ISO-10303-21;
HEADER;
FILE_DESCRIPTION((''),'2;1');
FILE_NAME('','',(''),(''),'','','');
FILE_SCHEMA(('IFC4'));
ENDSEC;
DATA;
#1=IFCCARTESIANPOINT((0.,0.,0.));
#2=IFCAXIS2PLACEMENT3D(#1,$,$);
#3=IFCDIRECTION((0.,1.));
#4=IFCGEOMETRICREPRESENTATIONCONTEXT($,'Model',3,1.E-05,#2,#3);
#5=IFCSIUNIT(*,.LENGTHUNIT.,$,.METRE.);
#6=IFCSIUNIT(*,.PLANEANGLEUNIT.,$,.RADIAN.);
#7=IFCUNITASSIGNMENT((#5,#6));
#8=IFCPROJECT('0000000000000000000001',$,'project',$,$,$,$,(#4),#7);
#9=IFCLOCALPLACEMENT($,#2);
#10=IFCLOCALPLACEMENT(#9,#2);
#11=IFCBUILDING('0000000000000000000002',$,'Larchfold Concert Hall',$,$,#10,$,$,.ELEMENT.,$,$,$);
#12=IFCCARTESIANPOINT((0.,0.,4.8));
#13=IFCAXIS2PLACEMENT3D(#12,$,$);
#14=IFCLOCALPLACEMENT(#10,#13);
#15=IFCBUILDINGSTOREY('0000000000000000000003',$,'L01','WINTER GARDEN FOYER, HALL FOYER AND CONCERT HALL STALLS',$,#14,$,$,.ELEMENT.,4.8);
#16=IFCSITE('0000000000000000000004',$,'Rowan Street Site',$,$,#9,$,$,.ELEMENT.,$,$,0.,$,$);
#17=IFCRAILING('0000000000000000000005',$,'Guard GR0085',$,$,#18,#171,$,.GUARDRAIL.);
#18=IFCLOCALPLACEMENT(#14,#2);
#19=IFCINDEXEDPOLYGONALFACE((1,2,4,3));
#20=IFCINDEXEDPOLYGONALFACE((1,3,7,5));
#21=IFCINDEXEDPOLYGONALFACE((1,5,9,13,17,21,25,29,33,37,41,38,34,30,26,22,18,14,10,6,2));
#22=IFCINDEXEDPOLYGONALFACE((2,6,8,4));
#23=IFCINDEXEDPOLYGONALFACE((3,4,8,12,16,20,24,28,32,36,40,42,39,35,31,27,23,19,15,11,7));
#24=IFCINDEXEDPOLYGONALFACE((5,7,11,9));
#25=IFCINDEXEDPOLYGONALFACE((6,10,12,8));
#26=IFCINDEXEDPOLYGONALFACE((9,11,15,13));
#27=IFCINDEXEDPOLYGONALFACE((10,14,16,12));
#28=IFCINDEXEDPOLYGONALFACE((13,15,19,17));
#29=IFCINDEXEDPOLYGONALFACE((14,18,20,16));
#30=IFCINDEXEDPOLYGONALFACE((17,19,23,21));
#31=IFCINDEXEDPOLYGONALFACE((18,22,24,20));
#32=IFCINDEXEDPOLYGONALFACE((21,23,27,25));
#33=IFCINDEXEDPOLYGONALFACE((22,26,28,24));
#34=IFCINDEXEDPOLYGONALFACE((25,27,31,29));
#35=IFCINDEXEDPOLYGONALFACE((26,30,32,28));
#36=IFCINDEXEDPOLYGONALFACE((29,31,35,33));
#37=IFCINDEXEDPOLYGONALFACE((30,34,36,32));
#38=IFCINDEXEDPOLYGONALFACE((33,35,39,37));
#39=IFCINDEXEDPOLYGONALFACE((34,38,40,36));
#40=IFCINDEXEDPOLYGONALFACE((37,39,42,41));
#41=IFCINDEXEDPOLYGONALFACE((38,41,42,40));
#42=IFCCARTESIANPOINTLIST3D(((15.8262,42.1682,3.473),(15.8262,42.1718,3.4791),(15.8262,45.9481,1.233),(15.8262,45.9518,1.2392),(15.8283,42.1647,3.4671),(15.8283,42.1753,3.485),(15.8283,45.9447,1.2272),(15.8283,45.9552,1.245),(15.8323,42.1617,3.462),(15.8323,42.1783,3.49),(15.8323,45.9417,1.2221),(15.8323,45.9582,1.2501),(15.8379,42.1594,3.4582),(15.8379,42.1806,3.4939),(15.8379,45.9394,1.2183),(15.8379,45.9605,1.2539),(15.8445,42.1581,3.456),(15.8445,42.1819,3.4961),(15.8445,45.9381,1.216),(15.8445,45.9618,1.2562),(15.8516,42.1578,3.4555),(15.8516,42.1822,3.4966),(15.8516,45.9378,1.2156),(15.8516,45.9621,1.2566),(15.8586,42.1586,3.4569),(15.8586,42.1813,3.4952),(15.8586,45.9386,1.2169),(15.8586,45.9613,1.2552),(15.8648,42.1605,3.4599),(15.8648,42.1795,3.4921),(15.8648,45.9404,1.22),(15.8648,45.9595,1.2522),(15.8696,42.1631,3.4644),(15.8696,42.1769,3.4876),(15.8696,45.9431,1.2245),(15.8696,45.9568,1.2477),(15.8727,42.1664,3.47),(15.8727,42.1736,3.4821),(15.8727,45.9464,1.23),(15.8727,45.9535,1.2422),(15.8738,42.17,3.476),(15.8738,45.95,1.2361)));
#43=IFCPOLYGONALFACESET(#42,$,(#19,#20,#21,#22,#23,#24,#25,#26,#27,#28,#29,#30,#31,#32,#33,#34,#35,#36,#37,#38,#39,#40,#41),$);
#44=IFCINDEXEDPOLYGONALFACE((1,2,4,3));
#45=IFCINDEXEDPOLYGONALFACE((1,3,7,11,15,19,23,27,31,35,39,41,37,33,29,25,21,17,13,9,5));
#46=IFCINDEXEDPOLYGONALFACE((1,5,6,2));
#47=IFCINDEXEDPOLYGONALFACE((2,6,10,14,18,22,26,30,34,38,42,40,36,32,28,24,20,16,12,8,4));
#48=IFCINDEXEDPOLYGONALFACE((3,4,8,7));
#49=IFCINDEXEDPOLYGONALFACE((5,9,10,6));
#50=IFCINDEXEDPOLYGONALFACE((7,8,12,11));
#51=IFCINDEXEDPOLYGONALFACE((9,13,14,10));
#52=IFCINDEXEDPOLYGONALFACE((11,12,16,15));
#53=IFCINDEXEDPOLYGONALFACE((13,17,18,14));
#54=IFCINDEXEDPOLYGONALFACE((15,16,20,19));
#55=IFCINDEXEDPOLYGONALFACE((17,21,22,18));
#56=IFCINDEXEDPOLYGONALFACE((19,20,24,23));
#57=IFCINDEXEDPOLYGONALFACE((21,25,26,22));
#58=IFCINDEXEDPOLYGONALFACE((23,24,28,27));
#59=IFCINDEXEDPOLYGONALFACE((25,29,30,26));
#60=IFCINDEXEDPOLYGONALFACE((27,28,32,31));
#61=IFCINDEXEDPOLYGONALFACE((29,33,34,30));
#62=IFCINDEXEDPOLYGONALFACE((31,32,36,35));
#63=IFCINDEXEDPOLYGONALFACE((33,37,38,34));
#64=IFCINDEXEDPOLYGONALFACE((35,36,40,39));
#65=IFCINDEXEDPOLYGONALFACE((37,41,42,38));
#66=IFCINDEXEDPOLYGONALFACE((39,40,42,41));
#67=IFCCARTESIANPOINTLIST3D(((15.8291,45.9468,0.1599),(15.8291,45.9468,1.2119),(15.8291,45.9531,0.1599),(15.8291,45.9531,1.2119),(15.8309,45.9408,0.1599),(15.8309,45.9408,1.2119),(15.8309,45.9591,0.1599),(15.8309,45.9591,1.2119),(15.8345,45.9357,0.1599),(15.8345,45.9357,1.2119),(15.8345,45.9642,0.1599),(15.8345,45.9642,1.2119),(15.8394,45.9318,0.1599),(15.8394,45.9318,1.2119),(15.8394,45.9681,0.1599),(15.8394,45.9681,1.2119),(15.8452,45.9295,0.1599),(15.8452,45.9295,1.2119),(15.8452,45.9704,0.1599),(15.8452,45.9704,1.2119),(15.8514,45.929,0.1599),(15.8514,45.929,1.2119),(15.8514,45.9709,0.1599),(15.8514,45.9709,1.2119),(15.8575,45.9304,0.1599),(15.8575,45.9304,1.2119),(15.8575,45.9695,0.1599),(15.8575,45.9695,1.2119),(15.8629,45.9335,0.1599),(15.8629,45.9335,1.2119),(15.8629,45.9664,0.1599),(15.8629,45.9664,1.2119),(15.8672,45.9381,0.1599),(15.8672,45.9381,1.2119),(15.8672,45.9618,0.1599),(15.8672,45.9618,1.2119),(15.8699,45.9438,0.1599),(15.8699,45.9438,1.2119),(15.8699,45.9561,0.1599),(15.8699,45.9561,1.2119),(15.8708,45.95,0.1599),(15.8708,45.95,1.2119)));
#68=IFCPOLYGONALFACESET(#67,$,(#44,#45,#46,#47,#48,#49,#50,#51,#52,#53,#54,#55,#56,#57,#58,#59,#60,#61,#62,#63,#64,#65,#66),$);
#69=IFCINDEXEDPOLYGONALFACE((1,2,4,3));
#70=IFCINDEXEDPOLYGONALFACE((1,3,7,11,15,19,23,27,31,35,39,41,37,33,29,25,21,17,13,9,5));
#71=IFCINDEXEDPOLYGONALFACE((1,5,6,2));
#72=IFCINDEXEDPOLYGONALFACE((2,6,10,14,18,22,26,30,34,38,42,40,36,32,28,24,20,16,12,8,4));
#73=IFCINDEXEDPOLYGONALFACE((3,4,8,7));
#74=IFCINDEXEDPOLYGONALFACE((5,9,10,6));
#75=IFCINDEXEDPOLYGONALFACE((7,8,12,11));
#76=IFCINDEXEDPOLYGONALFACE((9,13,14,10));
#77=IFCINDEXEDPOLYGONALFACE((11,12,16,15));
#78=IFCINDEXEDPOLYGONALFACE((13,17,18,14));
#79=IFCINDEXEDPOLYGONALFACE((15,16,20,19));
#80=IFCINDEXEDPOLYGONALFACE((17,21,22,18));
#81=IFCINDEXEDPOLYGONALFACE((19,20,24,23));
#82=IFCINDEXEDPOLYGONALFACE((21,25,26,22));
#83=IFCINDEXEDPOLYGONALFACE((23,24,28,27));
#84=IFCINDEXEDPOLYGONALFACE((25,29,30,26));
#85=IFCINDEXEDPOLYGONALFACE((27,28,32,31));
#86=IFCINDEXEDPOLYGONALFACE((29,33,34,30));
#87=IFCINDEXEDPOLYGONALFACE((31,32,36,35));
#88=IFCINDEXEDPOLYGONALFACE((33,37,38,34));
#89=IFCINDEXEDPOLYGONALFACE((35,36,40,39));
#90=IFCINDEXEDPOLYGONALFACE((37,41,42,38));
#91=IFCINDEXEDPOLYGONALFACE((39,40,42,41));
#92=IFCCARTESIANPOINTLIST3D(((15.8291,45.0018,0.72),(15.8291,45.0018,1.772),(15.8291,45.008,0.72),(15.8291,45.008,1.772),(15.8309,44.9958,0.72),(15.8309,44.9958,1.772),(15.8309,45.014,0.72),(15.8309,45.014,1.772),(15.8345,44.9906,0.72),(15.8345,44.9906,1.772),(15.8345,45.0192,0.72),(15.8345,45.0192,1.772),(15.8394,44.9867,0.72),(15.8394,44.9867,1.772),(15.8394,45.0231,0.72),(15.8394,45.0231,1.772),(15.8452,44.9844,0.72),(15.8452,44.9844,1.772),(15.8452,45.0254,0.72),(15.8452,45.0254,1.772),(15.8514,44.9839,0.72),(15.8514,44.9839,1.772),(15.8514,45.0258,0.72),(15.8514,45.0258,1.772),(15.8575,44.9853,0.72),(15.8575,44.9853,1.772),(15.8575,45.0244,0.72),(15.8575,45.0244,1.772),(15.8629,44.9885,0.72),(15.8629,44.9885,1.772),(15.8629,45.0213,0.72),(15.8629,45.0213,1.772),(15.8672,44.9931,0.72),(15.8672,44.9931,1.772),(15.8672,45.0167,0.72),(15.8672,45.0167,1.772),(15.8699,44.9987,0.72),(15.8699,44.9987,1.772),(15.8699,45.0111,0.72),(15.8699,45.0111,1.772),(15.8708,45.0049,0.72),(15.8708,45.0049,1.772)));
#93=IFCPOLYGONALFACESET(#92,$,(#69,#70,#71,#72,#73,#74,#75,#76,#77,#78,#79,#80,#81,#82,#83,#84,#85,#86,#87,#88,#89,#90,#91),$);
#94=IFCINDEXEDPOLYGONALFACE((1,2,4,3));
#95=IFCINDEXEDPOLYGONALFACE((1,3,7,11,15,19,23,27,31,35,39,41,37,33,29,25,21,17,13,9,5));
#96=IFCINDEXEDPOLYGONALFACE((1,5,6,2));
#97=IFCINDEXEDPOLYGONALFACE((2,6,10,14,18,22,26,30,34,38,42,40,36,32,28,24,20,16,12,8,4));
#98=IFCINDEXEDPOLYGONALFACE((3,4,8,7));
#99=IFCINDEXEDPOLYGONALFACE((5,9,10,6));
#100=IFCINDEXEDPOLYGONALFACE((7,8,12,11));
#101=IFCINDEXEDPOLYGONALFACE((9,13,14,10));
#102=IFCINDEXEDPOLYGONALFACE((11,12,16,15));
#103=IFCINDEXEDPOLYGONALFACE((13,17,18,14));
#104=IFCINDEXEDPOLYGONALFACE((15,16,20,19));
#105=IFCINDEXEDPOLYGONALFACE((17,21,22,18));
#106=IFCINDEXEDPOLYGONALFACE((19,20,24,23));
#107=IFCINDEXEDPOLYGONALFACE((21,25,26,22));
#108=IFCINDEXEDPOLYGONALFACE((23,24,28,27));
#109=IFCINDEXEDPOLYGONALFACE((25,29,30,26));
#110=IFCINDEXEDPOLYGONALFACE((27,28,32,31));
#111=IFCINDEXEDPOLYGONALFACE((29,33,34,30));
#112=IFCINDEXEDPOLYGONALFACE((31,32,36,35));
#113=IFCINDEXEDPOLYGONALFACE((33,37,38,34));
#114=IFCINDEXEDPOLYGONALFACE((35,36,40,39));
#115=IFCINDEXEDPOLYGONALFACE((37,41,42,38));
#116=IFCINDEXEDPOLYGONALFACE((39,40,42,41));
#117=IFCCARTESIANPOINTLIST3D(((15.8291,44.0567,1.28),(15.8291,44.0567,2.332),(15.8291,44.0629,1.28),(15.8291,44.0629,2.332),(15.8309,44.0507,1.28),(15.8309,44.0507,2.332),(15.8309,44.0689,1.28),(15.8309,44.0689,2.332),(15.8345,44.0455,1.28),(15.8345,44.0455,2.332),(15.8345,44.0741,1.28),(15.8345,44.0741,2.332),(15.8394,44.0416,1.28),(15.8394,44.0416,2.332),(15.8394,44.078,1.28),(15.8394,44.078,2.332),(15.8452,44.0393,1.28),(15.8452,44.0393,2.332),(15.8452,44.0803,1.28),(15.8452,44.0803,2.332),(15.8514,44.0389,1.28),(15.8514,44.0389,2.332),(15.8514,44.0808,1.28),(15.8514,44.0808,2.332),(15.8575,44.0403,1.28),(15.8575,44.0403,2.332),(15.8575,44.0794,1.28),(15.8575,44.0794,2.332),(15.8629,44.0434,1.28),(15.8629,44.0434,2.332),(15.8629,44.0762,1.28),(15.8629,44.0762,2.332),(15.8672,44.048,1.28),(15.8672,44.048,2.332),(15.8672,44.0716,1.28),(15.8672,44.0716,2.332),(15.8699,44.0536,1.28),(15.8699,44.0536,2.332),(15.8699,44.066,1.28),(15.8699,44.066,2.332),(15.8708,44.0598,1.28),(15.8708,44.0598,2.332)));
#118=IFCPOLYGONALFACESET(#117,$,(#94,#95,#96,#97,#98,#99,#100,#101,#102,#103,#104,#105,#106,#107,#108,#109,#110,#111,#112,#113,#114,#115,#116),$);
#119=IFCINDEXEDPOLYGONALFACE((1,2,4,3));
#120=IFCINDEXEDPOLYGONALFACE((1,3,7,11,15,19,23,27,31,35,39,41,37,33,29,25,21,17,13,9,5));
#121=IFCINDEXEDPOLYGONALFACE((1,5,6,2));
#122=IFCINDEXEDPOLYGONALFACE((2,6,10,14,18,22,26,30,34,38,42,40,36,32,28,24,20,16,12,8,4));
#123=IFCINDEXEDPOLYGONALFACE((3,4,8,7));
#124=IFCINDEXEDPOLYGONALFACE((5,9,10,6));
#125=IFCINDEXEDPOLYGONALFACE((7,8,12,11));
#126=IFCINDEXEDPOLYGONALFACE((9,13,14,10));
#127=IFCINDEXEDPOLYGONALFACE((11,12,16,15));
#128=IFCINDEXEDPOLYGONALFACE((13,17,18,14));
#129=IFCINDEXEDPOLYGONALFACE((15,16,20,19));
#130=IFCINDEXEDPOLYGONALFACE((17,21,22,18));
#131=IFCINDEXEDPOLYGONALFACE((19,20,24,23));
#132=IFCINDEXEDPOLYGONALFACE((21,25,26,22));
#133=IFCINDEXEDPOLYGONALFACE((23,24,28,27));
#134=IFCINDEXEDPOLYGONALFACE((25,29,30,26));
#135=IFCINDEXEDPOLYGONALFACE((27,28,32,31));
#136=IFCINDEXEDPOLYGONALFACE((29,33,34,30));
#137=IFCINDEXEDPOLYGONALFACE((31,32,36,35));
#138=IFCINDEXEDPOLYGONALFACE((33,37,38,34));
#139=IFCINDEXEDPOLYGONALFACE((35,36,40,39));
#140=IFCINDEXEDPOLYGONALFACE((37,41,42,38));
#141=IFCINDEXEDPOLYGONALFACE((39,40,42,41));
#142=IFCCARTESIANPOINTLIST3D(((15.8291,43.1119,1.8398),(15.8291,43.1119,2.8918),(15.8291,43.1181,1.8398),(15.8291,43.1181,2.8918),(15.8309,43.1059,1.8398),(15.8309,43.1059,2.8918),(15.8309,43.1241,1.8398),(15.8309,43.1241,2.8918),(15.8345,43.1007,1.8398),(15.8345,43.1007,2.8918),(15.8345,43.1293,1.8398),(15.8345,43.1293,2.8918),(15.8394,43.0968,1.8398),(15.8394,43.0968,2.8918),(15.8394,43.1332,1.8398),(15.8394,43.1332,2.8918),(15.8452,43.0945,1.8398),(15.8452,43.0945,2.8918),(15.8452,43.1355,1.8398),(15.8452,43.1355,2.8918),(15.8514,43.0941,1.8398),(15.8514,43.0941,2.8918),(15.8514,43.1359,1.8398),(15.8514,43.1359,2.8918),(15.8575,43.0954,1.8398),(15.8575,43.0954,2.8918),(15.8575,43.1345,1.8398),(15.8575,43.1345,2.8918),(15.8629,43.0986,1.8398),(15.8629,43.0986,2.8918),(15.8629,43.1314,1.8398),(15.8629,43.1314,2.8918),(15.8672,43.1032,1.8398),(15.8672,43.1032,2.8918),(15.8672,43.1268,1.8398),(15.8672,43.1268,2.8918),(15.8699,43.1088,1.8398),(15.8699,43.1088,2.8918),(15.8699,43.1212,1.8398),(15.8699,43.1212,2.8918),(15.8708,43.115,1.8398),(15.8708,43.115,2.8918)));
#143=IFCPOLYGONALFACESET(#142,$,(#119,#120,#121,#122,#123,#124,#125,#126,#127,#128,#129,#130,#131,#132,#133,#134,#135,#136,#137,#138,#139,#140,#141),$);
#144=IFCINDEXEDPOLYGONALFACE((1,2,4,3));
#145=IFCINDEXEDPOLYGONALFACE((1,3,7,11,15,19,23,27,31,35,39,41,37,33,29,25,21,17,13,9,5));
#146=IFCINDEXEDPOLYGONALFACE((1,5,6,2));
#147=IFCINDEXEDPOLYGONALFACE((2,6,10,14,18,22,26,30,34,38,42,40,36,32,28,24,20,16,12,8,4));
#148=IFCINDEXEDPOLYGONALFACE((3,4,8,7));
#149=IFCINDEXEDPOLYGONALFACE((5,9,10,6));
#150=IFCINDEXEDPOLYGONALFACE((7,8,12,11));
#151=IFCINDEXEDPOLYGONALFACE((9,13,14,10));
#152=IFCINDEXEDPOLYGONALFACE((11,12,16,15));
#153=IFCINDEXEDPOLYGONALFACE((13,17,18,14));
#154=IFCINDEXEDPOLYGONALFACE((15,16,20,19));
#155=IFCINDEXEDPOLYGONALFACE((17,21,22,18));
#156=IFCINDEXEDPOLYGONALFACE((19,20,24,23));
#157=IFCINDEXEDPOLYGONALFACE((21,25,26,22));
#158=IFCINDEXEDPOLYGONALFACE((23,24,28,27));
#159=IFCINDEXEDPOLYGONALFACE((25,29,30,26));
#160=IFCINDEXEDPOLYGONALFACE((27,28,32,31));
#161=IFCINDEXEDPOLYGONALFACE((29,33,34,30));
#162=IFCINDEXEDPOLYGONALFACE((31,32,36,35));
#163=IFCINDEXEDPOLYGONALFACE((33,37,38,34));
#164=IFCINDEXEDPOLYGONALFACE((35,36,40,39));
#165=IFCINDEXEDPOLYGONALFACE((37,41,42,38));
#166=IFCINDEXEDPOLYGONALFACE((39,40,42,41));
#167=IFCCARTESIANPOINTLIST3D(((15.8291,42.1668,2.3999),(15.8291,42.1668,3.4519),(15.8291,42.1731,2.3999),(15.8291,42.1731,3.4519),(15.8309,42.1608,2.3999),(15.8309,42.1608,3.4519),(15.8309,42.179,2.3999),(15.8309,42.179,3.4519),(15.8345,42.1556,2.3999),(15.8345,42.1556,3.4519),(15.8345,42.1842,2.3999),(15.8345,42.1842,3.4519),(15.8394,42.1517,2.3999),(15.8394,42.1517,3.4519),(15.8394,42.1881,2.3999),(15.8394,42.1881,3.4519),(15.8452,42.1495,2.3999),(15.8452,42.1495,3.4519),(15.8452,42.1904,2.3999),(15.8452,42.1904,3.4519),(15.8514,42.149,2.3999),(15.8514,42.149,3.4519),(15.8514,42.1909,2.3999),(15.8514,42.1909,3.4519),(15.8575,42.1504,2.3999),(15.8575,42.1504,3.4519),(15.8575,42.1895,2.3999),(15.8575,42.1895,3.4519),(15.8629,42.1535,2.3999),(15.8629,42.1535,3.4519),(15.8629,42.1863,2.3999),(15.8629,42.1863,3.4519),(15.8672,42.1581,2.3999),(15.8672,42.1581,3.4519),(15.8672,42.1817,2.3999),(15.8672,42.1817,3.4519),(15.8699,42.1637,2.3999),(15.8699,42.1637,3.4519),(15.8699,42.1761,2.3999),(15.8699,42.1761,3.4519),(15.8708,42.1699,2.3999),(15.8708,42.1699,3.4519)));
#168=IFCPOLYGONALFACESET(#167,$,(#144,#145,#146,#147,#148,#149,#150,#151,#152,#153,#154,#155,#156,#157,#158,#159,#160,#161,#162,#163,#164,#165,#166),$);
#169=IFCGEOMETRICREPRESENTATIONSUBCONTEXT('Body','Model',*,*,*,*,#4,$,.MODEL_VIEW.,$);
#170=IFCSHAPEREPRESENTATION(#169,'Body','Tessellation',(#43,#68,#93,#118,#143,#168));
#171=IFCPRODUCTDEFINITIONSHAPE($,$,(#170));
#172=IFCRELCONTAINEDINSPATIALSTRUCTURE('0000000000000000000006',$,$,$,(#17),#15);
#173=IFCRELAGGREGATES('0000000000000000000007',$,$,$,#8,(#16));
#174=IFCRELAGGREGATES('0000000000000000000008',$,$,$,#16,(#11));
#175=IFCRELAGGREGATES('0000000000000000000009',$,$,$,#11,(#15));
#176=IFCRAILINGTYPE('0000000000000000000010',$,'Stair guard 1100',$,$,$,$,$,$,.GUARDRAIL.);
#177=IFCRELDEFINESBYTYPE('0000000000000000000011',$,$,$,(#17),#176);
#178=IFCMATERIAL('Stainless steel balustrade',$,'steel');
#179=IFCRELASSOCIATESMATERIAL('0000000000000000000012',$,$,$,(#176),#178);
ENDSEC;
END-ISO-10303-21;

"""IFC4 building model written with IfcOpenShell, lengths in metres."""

from ifc_helpers import new_model, si_unit, direction, frame, origin, origin_2d, place, context, subcontext, project, spatial, circle, extrude, material, type_object, element, save


model = new_model("IFC4")

# Units and contexts
model_context = context("Model", 3, precision=1e-05, world=origin(), true_north=direction((0.0, 1.0)))
body_context = subcontext(model_context, "Body", "Model", "MODEL_VIEW")
ifc_project = project(units=[si_unit("LENGTHUNIT", "METRE"), si_unit("PLANEANGLEUNIT", "RADIAN")], contexts=[model_context])

# Site, building, storey
site_placement = place(None, origin())
site = spatial("IfcSite", under=ifc_project, at=site_placement, Name="Rowan Street Site", CompositionType="ELEMENT", RefElevation=0.0)
building_placement = place(site_placement, origin())
building = spatial("IfcBuilding", under=site, at=building_placement, Name="Larchfold Concert Hall", CompositionType="ELEMENT")
storey_placement = place(building_placement, frame((0.0, 0.0, 4.8)))
storey = spatial("IfcBuildingStorey", under=building, at=storey_placement, Name="L01", Description="WINTER GARDEN FOYER, HALL FOYER AND CONCERT HALL STALLS", CompositionType="ELEMENT", Elevation=4.8)

# Railing
ifc_material_1 = material(Name="Stainless steel balustrade", Category="steel")
railing_type_1 = type_object("IfcRailingType", Name="Stair guard 1100", PredefinedType="GUARDRAIL", material=ifc_material_1)
railing_1_placement = place(storey_placement, frame((15.8499, 45.95, 0.1599)))
element("IfcRailing", 1, at=railing_1_placement, inside=storey, type_object=railing_type_1, Name="Guard GR0085", PredefinedType="GUARDRAIL", context=body_context, shape_type="SweptSolid", body=[
    extrude(circle(Radius=0.0239, at=origin_2d()), frame((0.0, 0.0, 1.0762), z_axis=(0.0, -0.860294, 0.509798), x_axis=(1.0, 0.0, 0.0)), (0.0, 0.0, 1.0), 4.3938),
    extrude(circle(Radius=0.021, at=origin_2d()), origin(), (0.0, 0.0, 1.0), 1.052),
    extrude(circle(Radius=0.021, at=origin_2d()), frame((0.0, -0.9451, 0.5601)), (0.0, 0.0, 1.0), 1.052),
    extrude(circle(Radius=0.021, at=origin_2d()), frame((0.0, -1.8901, 1.1201)), (0.0, 0.0, 1.0), 1.052),
    extrude(circle(Radius=0.021, at=origin_2d()), frame((0.0, -2.835, 1.6799)), (0.0, 0.0, 1.0), 1.052),
    extrude(circle(Radius=0.021, at=origin_2d()), frame((0.0, -3.78, 2.24)), (0.0, 0.0, 1.0), 1.052),
])

save(model, "model.ifc")
